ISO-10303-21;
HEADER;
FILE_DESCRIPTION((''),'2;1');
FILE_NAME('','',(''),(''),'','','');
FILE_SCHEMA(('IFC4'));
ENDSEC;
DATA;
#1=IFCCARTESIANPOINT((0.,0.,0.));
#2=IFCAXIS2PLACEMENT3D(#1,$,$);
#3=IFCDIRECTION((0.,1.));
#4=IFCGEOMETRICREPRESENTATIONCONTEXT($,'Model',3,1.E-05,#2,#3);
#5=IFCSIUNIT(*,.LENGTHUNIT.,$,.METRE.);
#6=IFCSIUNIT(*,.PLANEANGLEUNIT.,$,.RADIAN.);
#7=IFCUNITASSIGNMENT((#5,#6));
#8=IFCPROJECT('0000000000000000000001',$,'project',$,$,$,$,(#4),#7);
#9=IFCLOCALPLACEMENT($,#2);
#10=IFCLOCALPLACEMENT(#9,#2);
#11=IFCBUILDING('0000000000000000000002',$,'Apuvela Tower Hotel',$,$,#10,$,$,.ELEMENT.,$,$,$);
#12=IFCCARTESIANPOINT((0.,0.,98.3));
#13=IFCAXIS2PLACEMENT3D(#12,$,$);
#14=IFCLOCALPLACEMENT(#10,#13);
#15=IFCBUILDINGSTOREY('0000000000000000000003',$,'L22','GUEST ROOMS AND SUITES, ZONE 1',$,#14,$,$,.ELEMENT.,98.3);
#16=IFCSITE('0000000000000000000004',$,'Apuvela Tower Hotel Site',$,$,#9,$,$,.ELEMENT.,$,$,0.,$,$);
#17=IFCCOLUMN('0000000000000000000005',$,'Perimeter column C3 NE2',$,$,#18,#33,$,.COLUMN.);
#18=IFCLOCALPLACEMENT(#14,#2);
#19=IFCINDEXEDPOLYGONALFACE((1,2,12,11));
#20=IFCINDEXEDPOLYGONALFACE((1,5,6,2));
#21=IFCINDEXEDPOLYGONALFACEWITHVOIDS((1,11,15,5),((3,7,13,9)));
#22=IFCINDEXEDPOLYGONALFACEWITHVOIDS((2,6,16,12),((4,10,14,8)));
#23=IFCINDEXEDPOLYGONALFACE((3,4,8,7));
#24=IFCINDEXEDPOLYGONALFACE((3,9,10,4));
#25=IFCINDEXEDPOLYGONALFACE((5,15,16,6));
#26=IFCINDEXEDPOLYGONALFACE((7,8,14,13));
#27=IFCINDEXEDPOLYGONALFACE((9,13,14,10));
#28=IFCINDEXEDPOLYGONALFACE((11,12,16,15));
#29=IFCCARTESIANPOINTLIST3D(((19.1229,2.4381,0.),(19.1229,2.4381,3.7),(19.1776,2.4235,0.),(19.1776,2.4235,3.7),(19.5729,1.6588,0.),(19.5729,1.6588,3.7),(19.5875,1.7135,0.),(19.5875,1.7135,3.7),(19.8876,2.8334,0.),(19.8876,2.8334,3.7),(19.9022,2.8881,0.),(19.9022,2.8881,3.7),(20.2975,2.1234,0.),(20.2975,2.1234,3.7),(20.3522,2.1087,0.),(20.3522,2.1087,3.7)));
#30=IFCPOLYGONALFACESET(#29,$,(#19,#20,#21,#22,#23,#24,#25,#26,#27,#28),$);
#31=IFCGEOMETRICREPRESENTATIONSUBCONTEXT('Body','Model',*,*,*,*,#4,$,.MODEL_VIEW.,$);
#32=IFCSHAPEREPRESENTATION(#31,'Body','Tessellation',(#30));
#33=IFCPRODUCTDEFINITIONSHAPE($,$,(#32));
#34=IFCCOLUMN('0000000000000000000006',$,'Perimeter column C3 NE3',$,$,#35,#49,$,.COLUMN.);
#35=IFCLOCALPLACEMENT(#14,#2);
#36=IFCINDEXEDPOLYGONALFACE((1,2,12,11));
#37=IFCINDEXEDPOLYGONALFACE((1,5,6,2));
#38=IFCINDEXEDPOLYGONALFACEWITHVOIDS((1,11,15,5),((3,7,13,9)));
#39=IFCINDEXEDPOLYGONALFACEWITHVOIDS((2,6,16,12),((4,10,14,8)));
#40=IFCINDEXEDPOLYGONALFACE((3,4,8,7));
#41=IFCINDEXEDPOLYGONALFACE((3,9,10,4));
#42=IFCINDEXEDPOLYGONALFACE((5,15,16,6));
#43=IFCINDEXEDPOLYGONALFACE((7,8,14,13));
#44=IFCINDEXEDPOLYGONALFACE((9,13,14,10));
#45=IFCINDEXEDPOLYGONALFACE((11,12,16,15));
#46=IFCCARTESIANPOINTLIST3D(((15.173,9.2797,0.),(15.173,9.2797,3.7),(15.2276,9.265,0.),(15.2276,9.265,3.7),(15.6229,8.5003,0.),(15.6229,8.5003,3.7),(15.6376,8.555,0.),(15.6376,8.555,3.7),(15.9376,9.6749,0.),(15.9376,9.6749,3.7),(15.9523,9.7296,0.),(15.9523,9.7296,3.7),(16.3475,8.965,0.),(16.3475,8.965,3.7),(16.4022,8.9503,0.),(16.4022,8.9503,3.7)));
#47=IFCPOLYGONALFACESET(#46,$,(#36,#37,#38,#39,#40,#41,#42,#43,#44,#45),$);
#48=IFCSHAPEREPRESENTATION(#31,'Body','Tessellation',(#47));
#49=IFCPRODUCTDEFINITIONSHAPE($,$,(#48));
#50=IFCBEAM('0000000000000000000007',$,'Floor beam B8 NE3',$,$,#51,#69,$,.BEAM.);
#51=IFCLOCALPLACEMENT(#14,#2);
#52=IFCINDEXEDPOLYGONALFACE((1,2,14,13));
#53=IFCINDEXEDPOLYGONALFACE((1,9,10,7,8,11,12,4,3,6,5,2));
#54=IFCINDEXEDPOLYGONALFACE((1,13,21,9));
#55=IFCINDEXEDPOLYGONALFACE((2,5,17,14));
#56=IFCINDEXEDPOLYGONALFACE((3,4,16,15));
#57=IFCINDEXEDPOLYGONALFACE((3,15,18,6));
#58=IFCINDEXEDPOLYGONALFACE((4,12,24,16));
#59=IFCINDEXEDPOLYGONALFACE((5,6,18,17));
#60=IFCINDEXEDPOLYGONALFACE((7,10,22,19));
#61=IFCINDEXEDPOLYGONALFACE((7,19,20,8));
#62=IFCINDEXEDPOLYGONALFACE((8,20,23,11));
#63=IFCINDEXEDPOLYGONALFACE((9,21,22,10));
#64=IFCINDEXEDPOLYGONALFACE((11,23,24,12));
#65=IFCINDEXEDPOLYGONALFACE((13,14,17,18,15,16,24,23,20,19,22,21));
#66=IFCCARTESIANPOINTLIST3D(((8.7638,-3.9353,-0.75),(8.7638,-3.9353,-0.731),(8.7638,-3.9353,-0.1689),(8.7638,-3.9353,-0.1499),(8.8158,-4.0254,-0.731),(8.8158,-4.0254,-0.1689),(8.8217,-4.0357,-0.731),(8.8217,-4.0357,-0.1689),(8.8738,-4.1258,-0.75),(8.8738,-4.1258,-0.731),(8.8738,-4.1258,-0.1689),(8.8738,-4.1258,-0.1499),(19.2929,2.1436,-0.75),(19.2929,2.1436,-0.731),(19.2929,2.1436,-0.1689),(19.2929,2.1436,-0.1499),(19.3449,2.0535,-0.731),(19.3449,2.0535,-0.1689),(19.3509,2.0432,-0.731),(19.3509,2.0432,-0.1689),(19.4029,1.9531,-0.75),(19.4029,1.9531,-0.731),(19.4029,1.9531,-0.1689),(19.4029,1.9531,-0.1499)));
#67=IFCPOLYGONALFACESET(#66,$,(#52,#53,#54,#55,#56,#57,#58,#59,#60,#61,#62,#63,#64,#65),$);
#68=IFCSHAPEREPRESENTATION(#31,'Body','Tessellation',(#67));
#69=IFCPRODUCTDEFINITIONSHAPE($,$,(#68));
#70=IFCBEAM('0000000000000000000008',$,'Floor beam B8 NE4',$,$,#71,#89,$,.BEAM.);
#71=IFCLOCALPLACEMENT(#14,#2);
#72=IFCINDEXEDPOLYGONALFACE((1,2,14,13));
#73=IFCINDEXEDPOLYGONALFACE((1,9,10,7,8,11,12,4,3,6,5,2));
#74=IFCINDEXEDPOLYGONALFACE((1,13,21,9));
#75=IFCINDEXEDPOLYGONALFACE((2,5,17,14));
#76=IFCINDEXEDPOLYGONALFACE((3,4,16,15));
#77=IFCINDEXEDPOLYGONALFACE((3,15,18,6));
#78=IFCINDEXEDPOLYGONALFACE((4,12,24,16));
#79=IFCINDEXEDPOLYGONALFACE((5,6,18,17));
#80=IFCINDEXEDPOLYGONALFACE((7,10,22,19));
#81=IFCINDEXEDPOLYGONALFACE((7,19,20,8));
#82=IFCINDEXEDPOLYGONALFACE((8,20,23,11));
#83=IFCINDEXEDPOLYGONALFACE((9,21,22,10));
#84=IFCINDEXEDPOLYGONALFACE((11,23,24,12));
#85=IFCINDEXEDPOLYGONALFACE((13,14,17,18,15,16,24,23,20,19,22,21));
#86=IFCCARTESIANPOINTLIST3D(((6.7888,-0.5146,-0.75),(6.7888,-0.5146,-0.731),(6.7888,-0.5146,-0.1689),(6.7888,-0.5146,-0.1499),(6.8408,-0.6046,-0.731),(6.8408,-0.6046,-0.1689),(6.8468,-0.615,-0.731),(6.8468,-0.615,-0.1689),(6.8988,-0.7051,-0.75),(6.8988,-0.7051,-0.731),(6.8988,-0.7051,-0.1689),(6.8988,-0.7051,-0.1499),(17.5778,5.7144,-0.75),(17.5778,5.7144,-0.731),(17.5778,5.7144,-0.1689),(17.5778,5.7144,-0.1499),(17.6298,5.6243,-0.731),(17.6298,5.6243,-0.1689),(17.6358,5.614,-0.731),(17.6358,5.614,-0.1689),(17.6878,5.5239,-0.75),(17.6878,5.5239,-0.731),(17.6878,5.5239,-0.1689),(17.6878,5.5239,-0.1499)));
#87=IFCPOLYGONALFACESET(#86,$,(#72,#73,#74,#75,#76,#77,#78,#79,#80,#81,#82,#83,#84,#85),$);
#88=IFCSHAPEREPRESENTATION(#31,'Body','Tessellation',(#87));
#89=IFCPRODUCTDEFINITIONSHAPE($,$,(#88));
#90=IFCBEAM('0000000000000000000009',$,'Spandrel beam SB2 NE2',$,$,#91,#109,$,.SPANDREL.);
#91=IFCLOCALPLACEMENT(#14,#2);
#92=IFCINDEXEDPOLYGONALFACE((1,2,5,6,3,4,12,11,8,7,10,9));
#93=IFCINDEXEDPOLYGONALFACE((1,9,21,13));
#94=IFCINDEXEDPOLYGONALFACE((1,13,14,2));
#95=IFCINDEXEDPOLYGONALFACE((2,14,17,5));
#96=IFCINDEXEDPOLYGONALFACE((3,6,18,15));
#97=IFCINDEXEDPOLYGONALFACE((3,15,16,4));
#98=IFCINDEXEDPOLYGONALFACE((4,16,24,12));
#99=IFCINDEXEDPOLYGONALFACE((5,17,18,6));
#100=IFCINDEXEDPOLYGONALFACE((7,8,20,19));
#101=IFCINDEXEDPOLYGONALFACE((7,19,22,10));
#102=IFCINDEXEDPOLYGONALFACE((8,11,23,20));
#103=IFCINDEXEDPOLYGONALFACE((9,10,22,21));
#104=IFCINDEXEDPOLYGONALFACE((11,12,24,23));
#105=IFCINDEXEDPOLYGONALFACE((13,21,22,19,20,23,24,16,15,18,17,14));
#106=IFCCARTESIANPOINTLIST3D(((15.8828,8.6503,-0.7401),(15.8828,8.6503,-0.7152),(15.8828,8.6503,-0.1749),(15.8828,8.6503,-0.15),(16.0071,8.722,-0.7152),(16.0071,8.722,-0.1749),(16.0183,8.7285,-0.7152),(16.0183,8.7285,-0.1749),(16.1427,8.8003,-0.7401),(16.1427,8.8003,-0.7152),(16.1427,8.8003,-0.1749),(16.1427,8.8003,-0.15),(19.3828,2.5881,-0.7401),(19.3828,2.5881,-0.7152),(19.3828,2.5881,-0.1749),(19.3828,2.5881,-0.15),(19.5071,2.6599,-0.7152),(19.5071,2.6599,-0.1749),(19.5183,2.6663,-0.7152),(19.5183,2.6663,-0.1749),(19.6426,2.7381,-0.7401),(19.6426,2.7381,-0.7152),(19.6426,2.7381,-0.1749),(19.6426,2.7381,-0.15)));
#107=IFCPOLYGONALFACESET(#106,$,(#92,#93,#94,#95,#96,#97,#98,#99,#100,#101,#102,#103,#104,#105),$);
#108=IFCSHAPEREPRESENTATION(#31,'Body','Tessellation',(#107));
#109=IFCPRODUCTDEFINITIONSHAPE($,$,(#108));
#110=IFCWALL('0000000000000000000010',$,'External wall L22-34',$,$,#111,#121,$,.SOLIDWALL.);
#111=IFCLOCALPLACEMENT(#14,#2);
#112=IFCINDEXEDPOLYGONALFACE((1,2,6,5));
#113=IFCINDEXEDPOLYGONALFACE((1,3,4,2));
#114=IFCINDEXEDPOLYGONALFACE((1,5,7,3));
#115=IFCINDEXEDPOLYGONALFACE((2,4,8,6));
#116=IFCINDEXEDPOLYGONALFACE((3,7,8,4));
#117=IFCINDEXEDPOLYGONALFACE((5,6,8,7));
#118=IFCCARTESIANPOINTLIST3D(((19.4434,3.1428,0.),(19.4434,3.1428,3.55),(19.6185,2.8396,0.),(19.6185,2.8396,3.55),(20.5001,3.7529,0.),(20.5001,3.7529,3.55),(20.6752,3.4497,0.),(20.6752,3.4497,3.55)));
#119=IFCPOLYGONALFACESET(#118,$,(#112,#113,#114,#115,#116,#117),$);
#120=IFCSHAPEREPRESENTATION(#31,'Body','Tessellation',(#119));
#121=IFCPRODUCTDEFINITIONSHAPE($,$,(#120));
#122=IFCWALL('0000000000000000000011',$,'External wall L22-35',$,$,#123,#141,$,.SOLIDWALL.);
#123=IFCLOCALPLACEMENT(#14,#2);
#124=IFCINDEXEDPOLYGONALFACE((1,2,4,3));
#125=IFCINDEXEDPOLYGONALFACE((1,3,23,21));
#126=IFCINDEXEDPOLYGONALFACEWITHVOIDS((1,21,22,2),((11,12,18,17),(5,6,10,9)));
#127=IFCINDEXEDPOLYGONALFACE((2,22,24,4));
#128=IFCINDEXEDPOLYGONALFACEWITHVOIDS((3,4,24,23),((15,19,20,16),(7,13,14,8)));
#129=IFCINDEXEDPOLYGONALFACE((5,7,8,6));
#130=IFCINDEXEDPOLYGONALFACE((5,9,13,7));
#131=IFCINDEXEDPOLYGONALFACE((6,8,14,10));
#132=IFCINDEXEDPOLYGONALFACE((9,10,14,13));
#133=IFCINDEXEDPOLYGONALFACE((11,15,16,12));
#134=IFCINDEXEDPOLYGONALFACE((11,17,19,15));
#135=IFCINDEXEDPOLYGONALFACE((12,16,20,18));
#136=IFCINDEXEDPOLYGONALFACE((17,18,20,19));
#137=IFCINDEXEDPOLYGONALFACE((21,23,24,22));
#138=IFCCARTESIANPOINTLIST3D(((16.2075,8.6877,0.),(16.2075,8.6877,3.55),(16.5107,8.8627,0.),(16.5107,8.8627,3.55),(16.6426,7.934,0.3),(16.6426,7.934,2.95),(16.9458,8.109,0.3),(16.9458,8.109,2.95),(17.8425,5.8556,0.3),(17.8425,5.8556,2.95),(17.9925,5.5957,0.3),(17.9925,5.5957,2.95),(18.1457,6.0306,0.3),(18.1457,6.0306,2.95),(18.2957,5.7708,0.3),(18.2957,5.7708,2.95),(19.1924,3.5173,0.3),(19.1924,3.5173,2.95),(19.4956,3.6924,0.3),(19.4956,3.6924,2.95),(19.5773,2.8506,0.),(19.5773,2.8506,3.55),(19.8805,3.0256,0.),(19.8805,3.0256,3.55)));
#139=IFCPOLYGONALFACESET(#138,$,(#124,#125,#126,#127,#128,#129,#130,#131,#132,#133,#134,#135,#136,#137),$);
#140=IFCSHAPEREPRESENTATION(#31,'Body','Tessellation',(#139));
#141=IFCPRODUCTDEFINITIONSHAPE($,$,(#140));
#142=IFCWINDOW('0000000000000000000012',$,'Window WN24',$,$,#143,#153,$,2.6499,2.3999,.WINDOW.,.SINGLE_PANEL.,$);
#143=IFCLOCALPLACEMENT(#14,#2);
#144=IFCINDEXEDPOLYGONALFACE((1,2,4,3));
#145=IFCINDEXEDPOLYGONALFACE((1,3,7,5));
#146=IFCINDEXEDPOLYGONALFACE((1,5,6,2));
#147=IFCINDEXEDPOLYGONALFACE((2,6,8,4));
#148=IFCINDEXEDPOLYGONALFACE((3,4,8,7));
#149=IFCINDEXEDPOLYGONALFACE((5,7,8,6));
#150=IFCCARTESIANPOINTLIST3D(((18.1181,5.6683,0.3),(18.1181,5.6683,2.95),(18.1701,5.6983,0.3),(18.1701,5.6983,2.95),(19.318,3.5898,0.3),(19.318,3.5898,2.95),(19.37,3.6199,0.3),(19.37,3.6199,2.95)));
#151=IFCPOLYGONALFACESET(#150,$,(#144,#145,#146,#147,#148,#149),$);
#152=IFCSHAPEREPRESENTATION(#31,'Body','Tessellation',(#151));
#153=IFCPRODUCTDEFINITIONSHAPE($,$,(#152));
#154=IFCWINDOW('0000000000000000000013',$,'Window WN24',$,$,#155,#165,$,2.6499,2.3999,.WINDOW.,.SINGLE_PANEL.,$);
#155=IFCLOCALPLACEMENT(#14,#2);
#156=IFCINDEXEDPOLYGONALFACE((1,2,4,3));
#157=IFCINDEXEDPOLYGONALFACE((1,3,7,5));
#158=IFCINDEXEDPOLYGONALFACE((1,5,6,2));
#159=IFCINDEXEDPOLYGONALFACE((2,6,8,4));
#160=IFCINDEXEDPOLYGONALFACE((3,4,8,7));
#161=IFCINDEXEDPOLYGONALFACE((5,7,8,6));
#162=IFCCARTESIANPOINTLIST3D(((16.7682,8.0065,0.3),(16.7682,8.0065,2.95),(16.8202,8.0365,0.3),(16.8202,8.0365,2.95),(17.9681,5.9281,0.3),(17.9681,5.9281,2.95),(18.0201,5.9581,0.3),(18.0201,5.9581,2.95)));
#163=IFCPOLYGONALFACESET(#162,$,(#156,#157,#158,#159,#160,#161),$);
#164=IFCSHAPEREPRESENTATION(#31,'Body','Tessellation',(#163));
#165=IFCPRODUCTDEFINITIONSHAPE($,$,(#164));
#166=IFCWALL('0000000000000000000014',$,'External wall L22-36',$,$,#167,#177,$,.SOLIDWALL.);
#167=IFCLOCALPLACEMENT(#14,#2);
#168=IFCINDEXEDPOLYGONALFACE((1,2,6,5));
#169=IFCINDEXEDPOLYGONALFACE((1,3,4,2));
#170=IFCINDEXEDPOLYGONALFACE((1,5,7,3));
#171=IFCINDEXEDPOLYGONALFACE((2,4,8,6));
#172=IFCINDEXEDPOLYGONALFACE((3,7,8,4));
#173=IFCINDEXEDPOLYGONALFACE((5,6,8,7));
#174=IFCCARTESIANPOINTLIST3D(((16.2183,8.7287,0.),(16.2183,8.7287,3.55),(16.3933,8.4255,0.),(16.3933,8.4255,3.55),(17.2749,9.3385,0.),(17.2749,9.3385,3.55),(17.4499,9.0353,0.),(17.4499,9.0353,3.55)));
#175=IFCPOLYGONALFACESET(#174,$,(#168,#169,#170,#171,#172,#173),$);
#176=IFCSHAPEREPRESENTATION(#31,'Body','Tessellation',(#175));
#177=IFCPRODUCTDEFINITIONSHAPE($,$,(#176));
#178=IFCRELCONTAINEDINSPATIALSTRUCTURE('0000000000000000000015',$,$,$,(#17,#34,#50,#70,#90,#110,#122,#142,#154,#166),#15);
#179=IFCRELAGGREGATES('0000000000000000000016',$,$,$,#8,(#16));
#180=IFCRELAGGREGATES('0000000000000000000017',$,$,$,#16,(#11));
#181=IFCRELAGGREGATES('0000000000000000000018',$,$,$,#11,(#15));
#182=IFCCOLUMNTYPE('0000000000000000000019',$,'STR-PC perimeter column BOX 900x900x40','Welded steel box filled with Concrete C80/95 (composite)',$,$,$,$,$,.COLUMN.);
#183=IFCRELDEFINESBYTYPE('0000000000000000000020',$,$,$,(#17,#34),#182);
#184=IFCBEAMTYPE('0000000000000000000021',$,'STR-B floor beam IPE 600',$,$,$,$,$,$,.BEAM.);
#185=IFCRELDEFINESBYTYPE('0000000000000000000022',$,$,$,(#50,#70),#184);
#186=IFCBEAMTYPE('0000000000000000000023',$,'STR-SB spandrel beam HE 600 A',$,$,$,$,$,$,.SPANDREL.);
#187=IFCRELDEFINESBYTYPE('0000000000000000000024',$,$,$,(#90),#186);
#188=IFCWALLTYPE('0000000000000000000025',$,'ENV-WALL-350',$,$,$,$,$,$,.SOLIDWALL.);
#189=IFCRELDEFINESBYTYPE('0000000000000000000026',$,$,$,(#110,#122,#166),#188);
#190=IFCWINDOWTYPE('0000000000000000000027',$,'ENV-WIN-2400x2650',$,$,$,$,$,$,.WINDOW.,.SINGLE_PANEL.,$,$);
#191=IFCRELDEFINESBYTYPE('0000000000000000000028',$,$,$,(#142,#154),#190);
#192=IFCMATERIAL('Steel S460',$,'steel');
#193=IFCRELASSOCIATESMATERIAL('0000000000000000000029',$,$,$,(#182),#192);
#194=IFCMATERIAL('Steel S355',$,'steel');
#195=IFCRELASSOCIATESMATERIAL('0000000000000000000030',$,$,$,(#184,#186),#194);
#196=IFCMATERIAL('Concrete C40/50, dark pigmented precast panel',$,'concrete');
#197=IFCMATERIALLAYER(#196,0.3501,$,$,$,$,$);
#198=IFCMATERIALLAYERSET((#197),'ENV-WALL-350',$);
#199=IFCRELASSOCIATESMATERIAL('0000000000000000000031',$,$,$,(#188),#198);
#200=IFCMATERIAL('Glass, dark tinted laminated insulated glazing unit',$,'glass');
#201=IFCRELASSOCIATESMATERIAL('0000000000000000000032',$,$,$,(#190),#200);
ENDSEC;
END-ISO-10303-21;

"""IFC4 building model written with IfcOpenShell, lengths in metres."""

from ifc_helpers import new_model, si_unit, direction, frame, frame_2d, origin, origin_2d, place, context, subcontext, project, spatial, rectangle, hollow_rectangle, i_section, extrude, material, layer, layer_set, material_profile, profile_set, type_object, element, fill, save


model = new_model("IFC4")

# Units and contexts
model_context = context("Model", 3, precision=1e-05, world=origin(), true_north=direction((0.0, 1.0)))
body_context = subcontext(model_context, "Body", "Model", "MODEL_VIEW")
ifc_project = project(units=[si_unit("LENGTHUNIT", "METRE"), si_unit("PLANEANGLEUNIT", "RADIAN")], contexts=[model_context])

# Site, building, storey
site_placement = place(None, origin())
site = spatial("IfcSite", under=ifc_project, at=site_placement, Name="Apuvela Tower Hotel Site", CompositionType="ELEMENT", RefElevation=0.0)
building_placement = place(site_placement, origin())
building = spatial("IfcBuilding", under=site, at=building_placement, Name="Apuvela Tower Hotel", CompositionType="ELEMENT")
storey_placement = place(building_placement, frame((0.0, 0.0, 98.3)))
storey = spatial("IfcBuildingStorey", under=building, at=storey_placement, Name="L22", Description="GUEST ROOMS AND SUITES, ZONE 1", CompositionType="ELEMENT", Elevation=98.3)

# Columns
ifc_material_1 = material(Name="Steel S460", Category="steel")
ifc_material_profile_1 = material_profile(ifc_material_1, hollow_rectangle(XDim=0.8999, YDim=0.8999, WallThickness=0.04, at=origin_2d()), Name="BOX 900x900x40")
ifc_material_2 = material(Name="Concrete C80/95", Category="concrete")
ifc_material_profile_2 = material_profile(ifc_material_2, rectangle(XDim=0.8201, YDim=0.8201, at=origin_2d()), Name="Concrete C80/95 infill")
ifc_profile_set_1 = profile_set([ifc_material_profile_1, ifc_material_profile_2], Name="Steel S460")
column_type = type_object("IfcColumnType", Name="STR-PC perimeter column BOX 900x900x40", Description="Welded steel box filled with Concrete C80/95 (composite)", PredefinedType="COLUMN", material=ifc_profile_set_1)
for number, where, z_axis, x_axis, name in (
    (1, (19.7375, 2.2734, 0.0), (0.0, 0.0, 1.0), (-0.5, 0.866025, 0.0), "Perimeter column C3 NE2"),
    (2, (15.7876, 9.115, 0.0), (0.0, 0.0, 1.0), (-0.5, 0.866025, 0.0), "Perimeter column C3 NE3"),
):
    element("IfcColumn", number, at=place(storey_placement, frame(where, z_axis=z_axis, x_axis=x_axis)), inside=storey, type_object=column_type, Name=name, PredefinedType="COLUMN", context=body_context, shape_type="SweptSolid", body=[
        extrude(hollow_rectangle(XDim=0.8999, YDim=0.8999, WallThickness=0.04, at=origin_2d()), origin(), (0.0, 0.0, 1.0), 3.7),
    ])

# Beams
ifc_material_3 = material(Name="Steel S355", Category="steel")
ifc_material_profile_3 = material_profile(ifc_material_3, i_section(OverallWidth=0.22, OverallDepth=0.6001, WebThickness=0.012, FlangeThickness=0.019, at=origin_2d()), Name="IPE 600")
ifc_profile_set_2 = profile_set([ifc_material_profile_3], Name="Steel S355")
beam_type_1 = type_object("IfcBeamType", Name="STR-B floor beam IPE 600", PredefinedType="BEAM", material=ifc_profile_set_2)
beam_1_placement = place(storey_placement, frame((19.3479, 2.0483, -0.45), z_axis=(-0.866029, -0.499994, 0.0), x_axis=(0.499994, -0.866029, 0.0)))
element("IfcBeam", 3, at=beam_1_placement, inside=storey, type_object=beam_type_1, Name="Floor beam B8 NE3", PredefinedType="BEAM", context=body_context, shape_type="SweptSolid", body=[
    extrude(i_section(OverallWidth=0.22, OverallDepth=0.6001, WebThickness=0.012, FlangeThickness=0.019, at=origin_2d()), origin(), (0.0, 0.0, 1.0), 12.158),
])
beam_2_placement = place(storey_placement, frame((17.6328, 5.6191, -0.45), z_axis=(-0.866028, -0.499996, 0.0), x_axis=(0.499996, -0.866028, 0.0)))
element("IfcBeam", 4, at=beam_2_placement, inside=storey, type_object=beam_type_1, Name="Floor beam B8 NE4", PredefinedType="BEAM", context=body_context, shape_type="SweptSolid", body=[
    extrude(i_section(OverallWidth=0.22, OverallDepth=0.6001, WebThickness=0.012, FlangeThickness=0.019, at=origin_2d()), origin(), (0.0, 0.0, 1.0), 12.458),
])
ifc_material_profile_4 = material_profile(ifc_material_3, i_section(OverallWidth=0.3, OverallDepth=0.5901, WebThickness=0.0129, FlangeThickness=0.0249, at=origin_2d()), Name="HE 600 A")
ifc_profile_set_3 = profile_set([ifc_material_profile_4], Name="Steel S355")
beam_type_2 = type_object("IfcBeamType", Name="STR-SB spandrel beam HE 600 A", PredefinedType="SPANDREL", material=ifc_profile_set_3)
beam_3_placement = place(storey_placement, frame((19.5127, 2.6631, -0.4451), z_axis=(-0.499995, 0.866028, 0.0), x_axis=(-0.866028, -0.499995, 0.0)))
element("IfcBeam", 5, at=beam_3_placement, inside=storey, type_object=beam_type_2, Name="Spandrel beam SB2 NE2", PredefinedType="SPANDREL", context=body_context, shape_type="SweptSolid", body=[
    extrude(i_section(OverallWidth=0.3, OverallDepth=0.5901, WebThickness=0.0129, FlangeThickness=0.0249, at=origin_2d()), origin(), (0.0, 0.0, 1.0), 7.0),
])

# Wall
ifc_material_4 = material(Name="Concrete C40/50, dark pigmented precast panel", Category="concrete")
ifc_layer_1 = layer(ifc_material_4, 0.3501)
ifc_layer_set_1 = layer_set([ifc_layer_1], Name="ENV-WALL-350")
wall_type_1 = type_object("IfcWallType", Name="ENV-WALL-350", PredefinedType="SOLIDWALL", material=ifc_layer_set_1)
wall_1_placement = place(storey_placement, frame((20.5876, 3.6013, 0.0), z_axis=(0.0, 0.0, 1.0), x_axis=(-0.866006, -0.500034, 0.0)))
element("IfcWall", 6, at=wall_1_placement, inside=storey, type_object=wall_type_1, Name="External wall L22-34", PredefinedType="SOLIDWALL", context=body_context, shape_type="SweptSolid", body=[
    extrude(rectangle(XDim=1.2202, YDim=0.3501, at=frame_2d((0.6101, 0.0))), origin(), (0.0, 0.0, 1.0), 3.55),
])

# Wall, openings, windows
wall_2_placement = place(storey_placement, frame((19.729, 2.938, 0.0), z_axis=(0.0, 0.0, 1.0), x_axis=(-0.499976, 0.866039, 0.0)))
wall_2 = element("IfcWall", 7, at=wall_2_placement, inside=storey, type_object=wall_type_1, Name="External wall L22-35", PredefinedType="SOLIDWALL", context=body_context, shape_type="SweptSolid", body=[
    extrude(rectangle(XDim=6.74, YDim=0.3501, at=frame_2d((3.3701, 0.0))), origin(), (0.0, 0.0, 1.0), 3.55),
])
opening_1_placement = place(wall_2_placement, frame((0.77, 0.0, 0.3)))
opening_1 = element("IfcOpeningElement", 8, at=opening_1_placement, cuts=wall_2, PredefinedType="OPENING", context=body_context, shape_type="SweptSolid", body=[
    extrude(rectangle(XDim=2.3999, YDim=2.6499, at=frame_2d((1.2, 1.325))), frame((0.0, 0.1851, 0.0), z_axis=(0.0, -1.0, 0.0), x_axis=(1.0, 0.0, 0.0)), (0.0, 0.0, 1.0), 0.3701),
])
opening_2_placement = place(wall_2_placement, frame((3.47, 0.0, 0.3)))
opening_2 = element("IfcOpeningElement", 9, at=opening_2_placement, cuts=wall_2, PredefinedType="OPENING", context=body_context, shape_type="SweptSolid", body=[
    extrude(rectangle(XDim=2.3999, YDim=2.6499, at=frame_2d((1.2, 1.325))), frame((0.0, 0.1851, 0.0), z_axis=(0.0, -1.0, 0.0), x_axis=(1.0, 0.0, 0.0)), (0.0, 0.0, 1.0), 0.3701),
])
ifc_material_5 = material(Name="Glass, dark tinted laminated insulated glazing unit", Category="glass")
window_type_1 = type_object("IfcWindowType", Name="ENV-WIN-2400x2650", PartitioningType="SINGLE_PANEL", PredefinedType="WINDOW", material=ifc_material_5)
window_1_placement = place(opening_1_placement, origin())
window_1 = element("IfcWindow", 10, at=window_1_placement, inside=storey, type_object=window_type_1, Name="Window WN24", OverallHeight=2.6499, OverallWidth=2.3999, PartitioningType="SINGLE_PANEL", PredefinedType="WINDOW", context=body_context, shape_type="SweptSolid", body=[
    extrude(rectangle(XDim=2.3999, YDim=2.6499, at=frame_2d((1.2, 1.325))), frame((0.0, 0.03, 0.0), z_axis=(0.0, -1.0, 0.0), x_axis=(1.0, 0.0, 0.0)), (0.0, 0.0, 1.0), 0.0601),
])
fill(opening_1, window_1)
window_2_placement = place(opening_2_placement, origin())
window_2 = element("IfcWindow", 11, at=window_2_placement, inside=storey, type_object=window_type_1, Name="Window WN24", OverallHeight=2.6499, OverallWidth=2.3999, PartitioningType="SINGLE_PANEL", PredefinedType="WINDOW", context=body_context, shape_type="SweptSolid", body=[
    extrude(rectangle(XDim=2.3999, YDim=2.6499, at=frame_2d((1.2, 1.325))), frame((0.0, 0.03, 0.0), z_axis=(0.0, -1.0, 0.0), x_axis=(1.0, 0.0, 0.0)), (0.0, 0.0, 1.0), 0.0601),
])
fill(opening_2, window_2)

# Wall
wall_3_placement = place(storey_placement, frame((16.3059, 8.5771, 0.0), z_axis=(0.0, 0.0, 1.0), x_axis=(0.866092, 0.499884, 0.0)))
element("IfcWall", 12, at=wall_3_placement, inside=storey, type_object=wall_type_1, Name="External wall L22-36", PredefinedType="SOLIDWALL", context=body_context, shape_type="SweptSolid", body=[
    extrude(rectangle(XDim=1.22, YDim=0.3501, at=frame_2d((0.6099, 0.0))), origin(), (0.0, 0.0, 1.0), 3.55),
])

save(model, "model.ifc")
